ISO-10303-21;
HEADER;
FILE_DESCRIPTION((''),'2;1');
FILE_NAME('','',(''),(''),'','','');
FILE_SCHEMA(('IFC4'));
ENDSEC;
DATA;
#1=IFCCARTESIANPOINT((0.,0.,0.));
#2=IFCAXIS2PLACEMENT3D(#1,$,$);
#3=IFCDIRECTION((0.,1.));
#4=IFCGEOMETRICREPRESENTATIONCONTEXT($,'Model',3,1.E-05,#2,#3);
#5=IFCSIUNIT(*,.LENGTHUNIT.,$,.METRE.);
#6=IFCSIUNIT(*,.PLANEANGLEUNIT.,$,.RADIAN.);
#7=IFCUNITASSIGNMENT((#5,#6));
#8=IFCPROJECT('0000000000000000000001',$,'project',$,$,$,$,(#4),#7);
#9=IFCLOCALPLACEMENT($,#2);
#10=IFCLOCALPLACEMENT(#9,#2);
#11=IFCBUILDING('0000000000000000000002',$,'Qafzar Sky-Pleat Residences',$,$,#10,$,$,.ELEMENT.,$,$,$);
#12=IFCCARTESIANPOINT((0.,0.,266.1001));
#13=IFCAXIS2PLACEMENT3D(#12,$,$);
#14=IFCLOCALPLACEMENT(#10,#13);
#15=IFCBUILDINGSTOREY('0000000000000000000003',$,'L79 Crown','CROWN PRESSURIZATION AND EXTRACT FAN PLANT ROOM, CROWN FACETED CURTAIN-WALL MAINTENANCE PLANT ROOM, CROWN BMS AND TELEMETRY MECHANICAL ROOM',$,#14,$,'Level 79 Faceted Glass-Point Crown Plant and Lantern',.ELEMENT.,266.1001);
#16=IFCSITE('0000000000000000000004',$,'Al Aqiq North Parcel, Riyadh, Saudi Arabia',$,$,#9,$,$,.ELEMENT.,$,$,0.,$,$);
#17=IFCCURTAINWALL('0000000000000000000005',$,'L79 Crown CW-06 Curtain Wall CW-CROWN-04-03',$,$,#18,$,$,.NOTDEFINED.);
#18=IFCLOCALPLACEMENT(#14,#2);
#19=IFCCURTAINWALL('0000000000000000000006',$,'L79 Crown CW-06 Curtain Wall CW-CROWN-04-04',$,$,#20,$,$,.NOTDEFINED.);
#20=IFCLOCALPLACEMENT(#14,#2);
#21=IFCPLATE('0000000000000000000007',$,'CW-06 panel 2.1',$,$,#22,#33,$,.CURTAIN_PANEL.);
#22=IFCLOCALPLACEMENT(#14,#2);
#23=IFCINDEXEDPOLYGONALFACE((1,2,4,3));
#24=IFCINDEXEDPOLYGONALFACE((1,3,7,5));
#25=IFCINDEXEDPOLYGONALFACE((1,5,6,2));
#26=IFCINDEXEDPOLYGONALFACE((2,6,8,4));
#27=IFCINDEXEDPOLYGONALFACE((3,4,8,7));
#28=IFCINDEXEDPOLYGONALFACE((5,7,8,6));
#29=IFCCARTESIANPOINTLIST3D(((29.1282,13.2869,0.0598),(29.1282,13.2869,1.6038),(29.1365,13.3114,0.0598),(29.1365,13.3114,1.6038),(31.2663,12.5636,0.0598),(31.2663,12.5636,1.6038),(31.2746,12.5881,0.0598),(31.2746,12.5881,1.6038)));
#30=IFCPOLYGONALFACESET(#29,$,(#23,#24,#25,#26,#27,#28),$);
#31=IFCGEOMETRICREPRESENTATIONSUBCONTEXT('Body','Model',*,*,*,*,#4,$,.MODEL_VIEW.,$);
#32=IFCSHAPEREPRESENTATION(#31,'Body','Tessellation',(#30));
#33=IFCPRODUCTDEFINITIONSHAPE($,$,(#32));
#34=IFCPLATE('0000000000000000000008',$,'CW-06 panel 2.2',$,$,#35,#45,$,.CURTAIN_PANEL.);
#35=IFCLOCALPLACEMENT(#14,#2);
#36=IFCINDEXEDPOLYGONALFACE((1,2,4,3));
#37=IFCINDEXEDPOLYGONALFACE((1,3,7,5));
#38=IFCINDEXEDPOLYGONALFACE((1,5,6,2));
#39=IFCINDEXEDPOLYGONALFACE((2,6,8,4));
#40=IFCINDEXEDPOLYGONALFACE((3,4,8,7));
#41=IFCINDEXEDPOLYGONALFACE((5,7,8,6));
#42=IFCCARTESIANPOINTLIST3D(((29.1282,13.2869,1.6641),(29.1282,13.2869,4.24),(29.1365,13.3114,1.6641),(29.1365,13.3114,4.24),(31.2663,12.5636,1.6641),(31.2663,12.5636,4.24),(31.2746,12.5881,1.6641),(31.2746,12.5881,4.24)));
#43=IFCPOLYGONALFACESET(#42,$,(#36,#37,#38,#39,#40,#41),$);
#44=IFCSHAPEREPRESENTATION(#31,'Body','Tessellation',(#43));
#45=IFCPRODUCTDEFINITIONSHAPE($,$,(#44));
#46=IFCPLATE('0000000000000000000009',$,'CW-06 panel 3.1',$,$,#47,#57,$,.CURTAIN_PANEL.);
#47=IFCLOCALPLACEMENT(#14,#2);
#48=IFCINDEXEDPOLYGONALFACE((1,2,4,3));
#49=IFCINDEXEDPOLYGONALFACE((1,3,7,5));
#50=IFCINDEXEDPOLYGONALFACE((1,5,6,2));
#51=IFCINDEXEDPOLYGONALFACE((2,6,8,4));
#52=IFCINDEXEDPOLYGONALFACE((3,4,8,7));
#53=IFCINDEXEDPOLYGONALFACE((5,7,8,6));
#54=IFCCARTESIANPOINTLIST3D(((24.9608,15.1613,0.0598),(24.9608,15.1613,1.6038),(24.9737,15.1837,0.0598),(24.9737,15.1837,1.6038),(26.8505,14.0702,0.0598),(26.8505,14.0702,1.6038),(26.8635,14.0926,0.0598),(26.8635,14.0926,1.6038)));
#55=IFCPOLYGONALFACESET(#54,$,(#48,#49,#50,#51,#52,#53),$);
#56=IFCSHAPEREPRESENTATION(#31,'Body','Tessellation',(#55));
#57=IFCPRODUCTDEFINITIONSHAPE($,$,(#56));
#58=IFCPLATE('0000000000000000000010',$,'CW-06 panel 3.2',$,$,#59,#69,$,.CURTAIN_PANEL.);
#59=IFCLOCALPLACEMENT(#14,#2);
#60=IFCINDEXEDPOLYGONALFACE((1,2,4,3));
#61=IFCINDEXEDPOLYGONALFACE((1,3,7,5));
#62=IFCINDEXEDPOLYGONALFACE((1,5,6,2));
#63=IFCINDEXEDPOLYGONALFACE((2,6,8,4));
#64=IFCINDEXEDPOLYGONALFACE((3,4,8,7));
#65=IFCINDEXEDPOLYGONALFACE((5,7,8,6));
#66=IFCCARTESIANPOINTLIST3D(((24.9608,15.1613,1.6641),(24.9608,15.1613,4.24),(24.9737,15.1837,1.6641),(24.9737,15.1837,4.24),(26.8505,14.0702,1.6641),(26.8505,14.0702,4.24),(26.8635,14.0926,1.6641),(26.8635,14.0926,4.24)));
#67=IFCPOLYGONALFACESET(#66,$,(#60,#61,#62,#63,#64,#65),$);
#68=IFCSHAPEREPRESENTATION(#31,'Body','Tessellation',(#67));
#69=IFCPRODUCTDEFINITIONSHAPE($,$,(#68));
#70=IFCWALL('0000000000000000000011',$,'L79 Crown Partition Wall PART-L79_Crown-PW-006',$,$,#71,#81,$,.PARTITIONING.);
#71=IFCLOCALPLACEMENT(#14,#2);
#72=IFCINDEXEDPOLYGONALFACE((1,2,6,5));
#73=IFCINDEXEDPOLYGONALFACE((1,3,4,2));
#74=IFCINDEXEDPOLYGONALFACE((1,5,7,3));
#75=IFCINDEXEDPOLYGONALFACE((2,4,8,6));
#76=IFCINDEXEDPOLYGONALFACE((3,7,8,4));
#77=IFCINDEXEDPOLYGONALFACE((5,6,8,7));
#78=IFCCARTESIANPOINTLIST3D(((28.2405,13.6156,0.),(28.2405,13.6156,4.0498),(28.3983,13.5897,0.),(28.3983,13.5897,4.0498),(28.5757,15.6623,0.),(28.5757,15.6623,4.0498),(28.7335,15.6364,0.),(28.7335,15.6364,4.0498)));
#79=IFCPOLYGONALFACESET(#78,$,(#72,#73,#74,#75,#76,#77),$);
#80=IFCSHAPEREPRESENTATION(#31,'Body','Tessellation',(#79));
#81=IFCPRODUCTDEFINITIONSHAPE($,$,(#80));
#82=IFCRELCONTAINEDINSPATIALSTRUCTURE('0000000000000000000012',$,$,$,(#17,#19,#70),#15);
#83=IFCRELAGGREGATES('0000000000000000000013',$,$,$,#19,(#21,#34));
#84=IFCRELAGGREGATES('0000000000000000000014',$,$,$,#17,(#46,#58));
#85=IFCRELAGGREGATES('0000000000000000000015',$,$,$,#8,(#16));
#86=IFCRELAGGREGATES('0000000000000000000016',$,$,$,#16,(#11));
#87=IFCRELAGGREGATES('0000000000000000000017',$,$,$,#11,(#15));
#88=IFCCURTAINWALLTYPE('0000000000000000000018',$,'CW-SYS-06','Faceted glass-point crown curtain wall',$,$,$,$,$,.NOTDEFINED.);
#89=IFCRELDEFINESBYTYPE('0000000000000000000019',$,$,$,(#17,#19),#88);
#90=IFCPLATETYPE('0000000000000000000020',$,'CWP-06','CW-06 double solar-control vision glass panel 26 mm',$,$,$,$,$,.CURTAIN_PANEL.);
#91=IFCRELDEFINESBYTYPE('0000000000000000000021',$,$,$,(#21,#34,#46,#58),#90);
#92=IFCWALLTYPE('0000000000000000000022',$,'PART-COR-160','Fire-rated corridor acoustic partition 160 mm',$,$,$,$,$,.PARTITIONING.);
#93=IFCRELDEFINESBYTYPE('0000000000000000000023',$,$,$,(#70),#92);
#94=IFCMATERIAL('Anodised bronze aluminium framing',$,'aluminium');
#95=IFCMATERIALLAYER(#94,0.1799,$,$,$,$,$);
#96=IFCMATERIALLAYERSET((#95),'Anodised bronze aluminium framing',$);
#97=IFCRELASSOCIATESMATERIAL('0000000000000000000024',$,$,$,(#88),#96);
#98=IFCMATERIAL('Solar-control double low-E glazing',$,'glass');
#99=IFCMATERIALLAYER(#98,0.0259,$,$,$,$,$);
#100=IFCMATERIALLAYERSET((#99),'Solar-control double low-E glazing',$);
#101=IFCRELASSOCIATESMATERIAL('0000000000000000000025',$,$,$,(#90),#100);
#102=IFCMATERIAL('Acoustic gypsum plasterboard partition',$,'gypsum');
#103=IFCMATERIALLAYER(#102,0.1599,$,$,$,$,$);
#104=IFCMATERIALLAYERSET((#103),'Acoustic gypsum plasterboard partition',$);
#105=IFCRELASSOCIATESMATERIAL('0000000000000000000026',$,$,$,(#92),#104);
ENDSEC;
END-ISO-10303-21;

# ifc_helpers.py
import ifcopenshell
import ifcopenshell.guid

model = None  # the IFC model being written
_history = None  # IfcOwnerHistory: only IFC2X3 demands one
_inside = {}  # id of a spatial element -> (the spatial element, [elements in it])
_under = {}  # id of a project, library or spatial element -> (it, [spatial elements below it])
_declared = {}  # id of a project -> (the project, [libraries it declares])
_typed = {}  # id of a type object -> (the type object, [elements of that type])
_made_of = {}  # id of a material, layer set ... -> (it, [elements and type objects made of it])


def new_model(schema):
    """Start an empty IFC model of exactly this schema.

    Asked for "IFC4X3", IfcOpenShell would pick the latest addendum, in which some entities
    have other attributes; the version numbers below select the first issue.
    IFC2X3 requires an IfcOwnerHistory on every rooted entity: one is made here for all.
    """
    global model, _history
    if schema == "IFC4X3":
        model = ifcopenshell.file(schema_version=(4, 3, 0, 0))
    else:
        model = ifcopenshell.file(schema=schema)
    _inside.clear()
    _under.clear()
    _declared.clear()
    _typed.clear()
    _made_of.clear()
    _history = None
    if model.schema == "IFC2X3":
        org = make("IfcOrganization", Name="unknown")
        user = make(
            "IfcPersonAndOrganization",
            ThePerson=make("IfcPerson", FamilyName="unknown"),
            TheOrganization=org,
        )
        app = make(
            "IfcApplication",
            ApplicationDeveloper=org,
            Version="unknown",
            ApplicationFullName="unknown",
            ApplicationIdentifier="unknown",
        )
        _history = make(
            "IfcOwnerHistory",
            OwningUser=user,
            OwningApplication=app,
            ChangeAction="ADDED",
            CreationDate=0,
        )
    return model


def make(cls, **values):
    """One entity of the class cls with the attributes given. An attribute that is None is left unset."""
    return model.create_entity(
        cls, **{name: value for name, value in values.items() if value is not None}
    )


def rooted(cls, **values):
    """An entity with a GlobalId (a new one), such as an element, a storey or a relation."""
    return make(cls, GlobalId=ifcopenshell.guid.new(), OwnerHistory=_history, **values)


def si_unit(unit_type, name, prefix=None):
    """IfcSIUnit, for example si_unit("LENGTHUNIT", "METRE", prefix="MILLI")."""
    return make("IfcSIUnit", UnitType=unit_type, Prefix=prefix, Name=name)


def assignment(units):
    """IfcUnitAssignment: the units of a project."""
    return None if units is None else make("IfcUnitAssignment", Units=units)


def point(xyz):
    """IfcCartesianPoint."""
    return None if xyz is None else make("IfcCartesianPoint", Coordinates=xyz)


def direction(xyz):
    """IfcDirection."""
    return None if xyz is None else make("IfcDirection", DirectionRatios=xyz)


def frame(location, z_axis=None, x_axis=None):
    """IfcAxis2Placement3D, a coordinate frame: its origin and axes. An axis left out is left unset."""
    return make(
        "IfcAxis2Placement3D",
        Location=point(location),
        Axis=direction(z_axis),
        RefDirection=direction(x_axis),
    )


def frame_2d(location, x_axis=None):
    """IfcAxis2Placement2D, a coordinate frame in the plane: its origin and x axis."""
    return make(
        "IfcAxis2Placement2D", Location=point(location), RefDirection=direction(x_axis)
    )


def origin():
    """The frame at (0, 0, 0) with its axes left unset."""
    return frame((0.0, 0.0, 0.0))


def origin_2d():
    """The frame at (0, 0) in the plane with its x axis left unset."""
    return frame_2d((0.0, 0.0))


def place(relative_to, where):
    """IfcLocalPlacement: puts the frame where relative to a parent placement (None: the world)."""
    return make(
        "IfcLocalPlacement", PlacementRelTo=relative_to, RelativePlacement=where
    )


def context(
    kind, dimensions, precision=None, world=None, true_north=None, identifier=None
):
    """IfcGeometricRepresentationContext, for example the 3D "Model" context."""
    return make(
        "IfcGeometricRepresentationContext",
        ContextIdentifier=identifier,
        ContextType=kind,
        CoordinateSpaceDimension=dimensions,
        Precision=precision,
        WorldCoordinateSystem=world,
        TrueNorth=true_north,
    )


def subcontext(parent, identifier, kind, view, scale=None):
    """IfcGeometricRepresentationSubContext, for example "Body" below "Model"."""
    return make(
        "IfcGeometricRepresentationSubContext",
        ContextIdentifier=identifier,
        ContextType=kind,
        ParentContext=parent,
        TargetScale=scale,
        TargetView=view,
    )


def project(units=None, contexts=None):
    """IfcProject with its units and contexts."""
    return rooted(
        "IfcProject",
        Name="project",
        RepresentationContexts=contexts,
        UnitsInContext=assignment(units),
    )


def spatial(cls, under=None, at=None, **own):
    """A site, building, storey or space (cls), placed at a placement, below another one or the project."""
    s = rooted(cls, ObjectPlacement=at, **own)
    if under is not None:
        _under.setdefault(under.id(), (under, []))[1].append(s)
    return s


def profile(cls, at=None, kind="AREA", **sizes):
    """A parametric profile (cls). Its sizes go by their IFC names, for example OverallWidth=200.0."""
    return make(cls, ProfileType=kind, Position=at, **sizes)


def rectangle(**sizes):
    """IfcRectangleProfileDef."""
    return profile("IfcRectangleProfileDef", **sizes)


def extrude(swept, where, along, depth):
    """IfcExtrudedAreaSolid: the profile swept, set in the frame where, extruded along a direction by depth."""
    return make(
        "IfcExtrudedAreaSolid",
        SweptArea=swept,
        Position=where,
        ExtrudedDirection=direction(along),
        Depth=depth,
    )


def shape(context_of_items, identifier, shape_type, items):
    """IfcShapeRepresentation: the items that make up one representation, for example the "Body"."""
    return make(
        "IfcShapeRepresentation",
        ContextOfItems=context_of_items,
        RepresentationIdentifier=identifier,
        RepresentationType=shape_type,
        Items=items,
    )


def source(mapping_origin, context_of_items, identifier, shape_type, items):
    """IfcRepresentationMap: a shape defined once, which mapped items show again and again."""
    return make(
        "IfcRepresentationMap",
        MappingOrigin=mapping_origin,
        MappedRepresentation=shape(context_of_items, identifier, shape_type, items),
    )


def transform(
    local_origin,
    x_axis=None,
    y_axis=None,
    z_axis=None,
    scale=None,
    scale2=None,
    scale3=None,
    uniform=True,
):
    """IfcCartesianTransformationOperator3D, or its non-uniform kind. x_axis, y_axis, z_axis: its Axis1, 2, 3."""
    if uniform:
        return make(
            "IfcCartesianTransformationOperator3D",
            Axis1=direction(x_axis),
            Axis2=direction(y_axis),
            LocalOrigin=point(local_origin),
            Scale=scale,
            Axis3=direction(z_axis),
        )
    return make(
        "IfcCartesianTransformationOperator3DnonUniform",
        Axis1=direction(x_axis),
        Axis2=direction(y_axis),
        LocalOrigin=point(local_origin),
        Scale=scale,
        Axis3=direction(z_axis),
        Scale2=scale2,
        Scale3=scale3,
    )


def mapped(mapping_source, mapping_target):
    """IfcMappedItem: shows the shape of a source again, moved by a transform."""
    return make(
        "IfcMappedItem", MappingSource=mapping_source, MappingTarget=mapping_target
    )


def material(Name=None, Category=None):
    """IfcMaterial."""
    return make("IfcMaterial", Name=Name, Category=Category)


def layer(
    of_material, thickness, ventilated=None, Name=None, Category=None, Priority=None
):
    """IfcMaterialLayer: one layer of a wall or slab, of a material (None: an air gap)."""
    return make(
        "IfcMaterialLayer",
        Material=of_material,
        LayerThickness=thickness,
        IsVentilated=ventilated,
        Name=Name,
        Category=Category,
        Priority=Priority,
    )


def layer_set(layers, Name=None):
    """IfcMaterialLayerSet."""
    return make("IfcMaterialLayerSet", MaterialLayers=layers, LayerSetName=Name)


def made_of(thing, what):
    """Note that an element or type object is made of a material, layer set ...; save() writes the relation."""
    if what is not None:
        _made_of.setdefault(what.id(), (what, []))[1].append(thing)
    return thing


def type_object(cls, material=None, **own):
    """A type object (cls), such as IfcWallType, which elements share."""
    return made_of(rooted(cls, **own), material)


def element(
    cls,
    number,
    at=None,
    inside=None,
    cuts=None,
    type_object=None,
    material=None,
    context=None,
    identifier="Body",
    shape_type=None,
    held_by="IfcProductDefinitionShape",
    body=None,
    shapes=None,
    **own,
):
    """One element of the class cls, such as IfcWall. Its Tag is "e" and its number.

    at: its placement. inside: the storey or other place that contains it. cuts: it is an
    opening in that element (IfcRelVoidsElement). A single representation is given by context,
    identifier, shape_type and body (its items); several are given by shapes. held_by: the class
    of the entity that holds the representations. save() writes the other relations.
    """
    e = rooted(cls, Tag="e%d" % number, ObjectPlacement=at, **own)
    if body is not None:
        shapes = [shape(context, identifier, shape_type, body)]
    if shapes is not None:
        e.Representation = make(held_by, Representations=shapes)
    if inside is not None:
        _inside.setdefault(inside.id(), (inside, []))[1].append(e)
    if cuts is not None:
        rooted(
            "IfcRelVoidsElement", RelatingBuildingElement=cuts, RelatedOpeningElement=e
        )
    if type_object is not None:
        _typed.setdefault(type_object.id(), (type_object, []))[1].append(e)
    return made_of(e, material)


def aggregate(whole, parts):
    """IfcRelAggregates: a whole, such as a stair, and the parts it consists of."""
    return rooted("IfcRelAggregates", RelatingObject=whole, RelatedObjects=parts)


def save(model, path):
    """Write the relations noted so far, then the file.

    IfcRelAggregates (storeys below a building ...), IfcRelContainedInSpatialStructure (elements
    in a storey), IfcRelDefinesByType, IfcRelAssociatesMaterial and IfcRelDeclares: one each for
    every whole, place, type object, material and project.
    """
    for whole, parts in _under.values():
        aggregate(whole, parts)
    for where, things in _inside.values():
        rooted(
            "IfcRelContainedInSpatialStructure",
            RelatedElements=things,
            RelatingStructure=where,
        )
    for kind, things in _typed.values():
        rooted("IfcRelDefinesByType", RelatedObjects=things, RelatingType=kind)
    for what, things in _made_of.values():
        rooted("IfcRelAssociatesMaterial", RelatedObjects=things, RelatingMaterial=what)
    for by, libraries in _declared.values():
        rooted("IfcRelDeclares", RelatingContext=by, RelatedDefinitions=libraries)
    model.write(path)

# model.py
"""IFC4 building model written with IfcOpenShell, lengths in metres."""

from ifc_helpers import new_model, si_unit, direction, frame, frame_2d, origin, origin_2d, place, context, subcontext, project, spatial, rectangle, extrude, source, transform, mapped, material, layer, layer_set, type_object, element, aggregate, save


model = new_model("IFC4")

# Units and contexts
model_context = context("Model", 3, precision=1e-05, world=origin(), true_north=direction((0.0, 1.0)))
body_context = subcontext(model_context, "Body", "Model", "MODEL_VIEW")
ifc_project = project(units=[si_unit("LENGTHUNIT", "METRE"), si_unit("PLANEANGLEUNIT", "RADIAN")], contexts=[model_context])

# Site, building, storey
site_placement = place(None, origin())
site = spatial("IfcSite", under=ifc_project, at=site_placement, Name="Al Aqiq North Parcel, Riyadh, Saudi Arabia", CompositionType="ELEMENT", RefElevation=0.0)
building_placement = place(site_placement, origin())
building = spatial("IfcBuilding", under=site, at=building_placement, Name="Qafzar Sky-Pleat Residences", CompositionType="ELEMENT")
storey_placement = place(building_placement, frame((0.0, 0.0, 266.1001)))
storey = spatial("IfcBuildingStorey", under=building, at=storey_placement, Name="L79 Crown", Description="CROWN PRESSURIZATION AND EXTRACT FAN PLANT ROOM, CROWN FACETED CURTAIN-WALL MAINTENANCE PLANT ROOM, CROWN BMS AND TELEMETRY MECHANICAL ROOM", LongName="Level 79 Faceted Glass-Point Crown Plant and Lantern", CompositionType="ELEMENT", Elevation=266.1001)

# Curtain wall
ifc_material_1 = material(Name="Anodised bronze aluminium framing", Category="aluminium")
ifc_layer_1 = layer(ifc_material_1, 0.1799)
ifc_layer_set_1 = layer_set([ifc_layer_1], Name="Anodised bronze aluminium framing")
curtain_wall_type = type_object("IfcCurtainWallType", Name="CW-SYS-06", Description="Faceted glass-point crown curtain wall", PredefinedType="NOTDEFINED", material=ifc_layer_set_1)
curtain_wall_1_placement = place(storey_placement, origin())
curtain_wall_1 = element("IfcCurtainWall", 1, at=curtain_wall_1_placement, inside=storey, type_object=curtain_wall_type, Name="L79 Crown CW-06 Curtain Wall CW-CROWN-04-03", PredefinedType="NOTDEFINED")

# Curtain wall
curtain_wall_2_placement = place(storey_placement, origin())
curtain_wall_2 = element("IfcCurtainWall", 2, at=curtain_wall_2_placement, inside=storey, type_object=curtain_wall_type, Name="L79 Crown CW-06 Curtain Wall CW-CROWN-04-04", PredefinedType="NOTDEFINED")

# Plates
ifc_material_2 = material(Name="Solar-control double low-E glazing", Category="glass")
ifc_layer_2 = layer(ifc_material_2, 0.0259)
ifc_layer_set_2 = layer_set([ifc_layer_2], Name="Solar-control double low-E glazing")
plate_type = type_object("IfcPlateType", Name="CWP-06", Description="CW-06 double solar-control vision glass panel 26 mm", PredefinedType="CURTAIN_PANEL", material=ifc_layer_set_2)
shared_shape_1 = source(origin(), body_context, "Body", "SweptSolid", [
    extrude(rectangle(XDim=2.2571, YDim=0.0259, at=origin_2d()), origin(), (0.0, 0.0, 1.0), 1.5439),
])
plate_1_placement = place(storey_placement, frame((30.2014, 12.9375, 0.0598), z_axis=(0.0, 0.0, 1.0), x_axis=(0.947267, -0.320445, 0.0)))
plate_1 = element("IfcPlate", 3, at=plate_1_placement, type_object=plate_type, Name="CW-06 panel 2.1", PredefinedType="CURTAIN_PANEL", context=body_context, shape_type="MappedRepresentation", body=[
    mapped(shared_shape_1, transform((0.0, 0.0, 0.0), x_axis=(1.0, 0.0, 0.0), y_axis=(0.0, 1.0, 0.0), z_axis=(0.0, 0.0, 1.0), scale=1.0)),
])
shared_shape_2 = source(origin(), body_context, "Body", "SweptSolid", [
    extrude(rectangle(XDim=2.2571, YDim=0.0259, at=origin_2d()), origin(), (0.0, 0.0, 1.0), 2.5759),
])
plate_2_placement = place(storey_placement, frame((30.2014, 12.9375, 1.6641), z_axis=(0.0, 0.0, 1.0), x_axis=(0.947267, -0.320445, 0.0)))
plate_2 = element("IfcPlate", 4, at=plate_2_placement, type_object=plate_type, Name="CW-06 panel 2.2", PredefinedType="CURTAIN_PANEL", context=body_context, shape_type="MappedRepresentation", body=[
    mapped(shared_shape_2, transform((0.0, 0.0, 0.0), x_axis=(1.0, 0.0, 0.0), y_axis=(0.0, 1.0, 0.0), z_axis=(0.0, 0.0, 1.0), scale=1.0)),
])
aggregate(curtain_wall_2, [plate_1, plate_2])
shared_shape_3 = source(origin(), body_context, "Body", "SweptSolid", [
    extrude(rectangle(XDim=2.1821, YDim=0.0259, at=origin_2d()), origin(), (0.0, 0.0, 1.0), 1.5439),
])
plate_3_placement = place(storey_placement, frame((25.9121, 14.627, 0.0598), z_axis=(0.0, 0.0, 1.0), x_axis=(0.866024, -0.500003, 0.0)))
plate_3 = element("IfcPlate", 5, at=plate_3_placement, type_object=plate_type, Name="CW-06 panel 3.1", PredefinedType="CURTAIN_PANEL", context=body_context, shape_type="MappedRepresentation", body=[
    mapped(shared_shape_3, transform((0.0, 0.0, 0.0), x_axis=(1.0, 0.0, 0.0), y_axis=(0.0, 1.0, 0.0), z_axis=(0.0, 0.0, 1.0), scale=1.0)),
])
shared_shape_4 = source(origin(), body_context, "Body", "SweptSolid", [
    extrude(rectangle(XDim=2.1821, YDim=0.0259, at=origin_2d()), origin(), (0.0, 0.0, 1.0), 2.5759),
])
plate_4_placement = place(storey_placement, frame((25.9121, 14.627, 1.6641), z_axis=(0.0, 0.0, 1.0), x_axis=(0.866024, -0.500003, 0.0)))
plate_4 = element("IfcPlate", 6, at=plate_4_placement, type_object=plate_type, Name="CW-06 panel 3.2", PredefinedType="CURTAIN_PANEL", context=body_context, shape_type="MappedRepresentation", body=[
    mapped(shared_shape_4, transform((0.0, 0.0, 0.0), x_axis=(1.0, 0.0, 0.0), y_axis=(0.0, 1.0, 0.0), z_axis=(0.0, 0.0, 1.0), scale=1.0)),
])
aggregate(curtain_wall_1, [plate_3, plate_4])

# Wall
ifc_material_3 = material(Name="Acoustic gypsum plasterboard partition", Category="gypsum")
ifc_layer_3 = layer(ifc_material_3, 0.1599)
ifc_layer_set_3 = layer_set([ifc_layer_3], Name="Acoustic gypsum plasterboard partition")
wall_type = type_object("IfcWallType", Name="PART-COR-160", Description="Fire-rated corridor acoustic partition 160 mm", PredefinedType="PARTITIONING", material=ifc_layer_set_3)
wall_placement = place(storey_placement, frame((28.3193, 13.6025, 0.0), z_axis=(0.0, 0.0, 1.0), x_axis=(0.16163, 0.986851, 0.0)))
element("IfcWall", 7, at=wall_placement, inside=storey, type_object=wall_type, Name="L79 Crown Partition Wall PART-L79_Crown-PW-006", PredefinedType="PARTITIONING", context=body_context, shape_type="SweptSolid", body=[
    extrude(rectangle(XDim=2.074, YDim=0.1599, at=frame_2d((1.0371, 0.0))), origin(), (0.0, 0.0, 1.0), 4.0498),
])

save(model, "model.ifc")
